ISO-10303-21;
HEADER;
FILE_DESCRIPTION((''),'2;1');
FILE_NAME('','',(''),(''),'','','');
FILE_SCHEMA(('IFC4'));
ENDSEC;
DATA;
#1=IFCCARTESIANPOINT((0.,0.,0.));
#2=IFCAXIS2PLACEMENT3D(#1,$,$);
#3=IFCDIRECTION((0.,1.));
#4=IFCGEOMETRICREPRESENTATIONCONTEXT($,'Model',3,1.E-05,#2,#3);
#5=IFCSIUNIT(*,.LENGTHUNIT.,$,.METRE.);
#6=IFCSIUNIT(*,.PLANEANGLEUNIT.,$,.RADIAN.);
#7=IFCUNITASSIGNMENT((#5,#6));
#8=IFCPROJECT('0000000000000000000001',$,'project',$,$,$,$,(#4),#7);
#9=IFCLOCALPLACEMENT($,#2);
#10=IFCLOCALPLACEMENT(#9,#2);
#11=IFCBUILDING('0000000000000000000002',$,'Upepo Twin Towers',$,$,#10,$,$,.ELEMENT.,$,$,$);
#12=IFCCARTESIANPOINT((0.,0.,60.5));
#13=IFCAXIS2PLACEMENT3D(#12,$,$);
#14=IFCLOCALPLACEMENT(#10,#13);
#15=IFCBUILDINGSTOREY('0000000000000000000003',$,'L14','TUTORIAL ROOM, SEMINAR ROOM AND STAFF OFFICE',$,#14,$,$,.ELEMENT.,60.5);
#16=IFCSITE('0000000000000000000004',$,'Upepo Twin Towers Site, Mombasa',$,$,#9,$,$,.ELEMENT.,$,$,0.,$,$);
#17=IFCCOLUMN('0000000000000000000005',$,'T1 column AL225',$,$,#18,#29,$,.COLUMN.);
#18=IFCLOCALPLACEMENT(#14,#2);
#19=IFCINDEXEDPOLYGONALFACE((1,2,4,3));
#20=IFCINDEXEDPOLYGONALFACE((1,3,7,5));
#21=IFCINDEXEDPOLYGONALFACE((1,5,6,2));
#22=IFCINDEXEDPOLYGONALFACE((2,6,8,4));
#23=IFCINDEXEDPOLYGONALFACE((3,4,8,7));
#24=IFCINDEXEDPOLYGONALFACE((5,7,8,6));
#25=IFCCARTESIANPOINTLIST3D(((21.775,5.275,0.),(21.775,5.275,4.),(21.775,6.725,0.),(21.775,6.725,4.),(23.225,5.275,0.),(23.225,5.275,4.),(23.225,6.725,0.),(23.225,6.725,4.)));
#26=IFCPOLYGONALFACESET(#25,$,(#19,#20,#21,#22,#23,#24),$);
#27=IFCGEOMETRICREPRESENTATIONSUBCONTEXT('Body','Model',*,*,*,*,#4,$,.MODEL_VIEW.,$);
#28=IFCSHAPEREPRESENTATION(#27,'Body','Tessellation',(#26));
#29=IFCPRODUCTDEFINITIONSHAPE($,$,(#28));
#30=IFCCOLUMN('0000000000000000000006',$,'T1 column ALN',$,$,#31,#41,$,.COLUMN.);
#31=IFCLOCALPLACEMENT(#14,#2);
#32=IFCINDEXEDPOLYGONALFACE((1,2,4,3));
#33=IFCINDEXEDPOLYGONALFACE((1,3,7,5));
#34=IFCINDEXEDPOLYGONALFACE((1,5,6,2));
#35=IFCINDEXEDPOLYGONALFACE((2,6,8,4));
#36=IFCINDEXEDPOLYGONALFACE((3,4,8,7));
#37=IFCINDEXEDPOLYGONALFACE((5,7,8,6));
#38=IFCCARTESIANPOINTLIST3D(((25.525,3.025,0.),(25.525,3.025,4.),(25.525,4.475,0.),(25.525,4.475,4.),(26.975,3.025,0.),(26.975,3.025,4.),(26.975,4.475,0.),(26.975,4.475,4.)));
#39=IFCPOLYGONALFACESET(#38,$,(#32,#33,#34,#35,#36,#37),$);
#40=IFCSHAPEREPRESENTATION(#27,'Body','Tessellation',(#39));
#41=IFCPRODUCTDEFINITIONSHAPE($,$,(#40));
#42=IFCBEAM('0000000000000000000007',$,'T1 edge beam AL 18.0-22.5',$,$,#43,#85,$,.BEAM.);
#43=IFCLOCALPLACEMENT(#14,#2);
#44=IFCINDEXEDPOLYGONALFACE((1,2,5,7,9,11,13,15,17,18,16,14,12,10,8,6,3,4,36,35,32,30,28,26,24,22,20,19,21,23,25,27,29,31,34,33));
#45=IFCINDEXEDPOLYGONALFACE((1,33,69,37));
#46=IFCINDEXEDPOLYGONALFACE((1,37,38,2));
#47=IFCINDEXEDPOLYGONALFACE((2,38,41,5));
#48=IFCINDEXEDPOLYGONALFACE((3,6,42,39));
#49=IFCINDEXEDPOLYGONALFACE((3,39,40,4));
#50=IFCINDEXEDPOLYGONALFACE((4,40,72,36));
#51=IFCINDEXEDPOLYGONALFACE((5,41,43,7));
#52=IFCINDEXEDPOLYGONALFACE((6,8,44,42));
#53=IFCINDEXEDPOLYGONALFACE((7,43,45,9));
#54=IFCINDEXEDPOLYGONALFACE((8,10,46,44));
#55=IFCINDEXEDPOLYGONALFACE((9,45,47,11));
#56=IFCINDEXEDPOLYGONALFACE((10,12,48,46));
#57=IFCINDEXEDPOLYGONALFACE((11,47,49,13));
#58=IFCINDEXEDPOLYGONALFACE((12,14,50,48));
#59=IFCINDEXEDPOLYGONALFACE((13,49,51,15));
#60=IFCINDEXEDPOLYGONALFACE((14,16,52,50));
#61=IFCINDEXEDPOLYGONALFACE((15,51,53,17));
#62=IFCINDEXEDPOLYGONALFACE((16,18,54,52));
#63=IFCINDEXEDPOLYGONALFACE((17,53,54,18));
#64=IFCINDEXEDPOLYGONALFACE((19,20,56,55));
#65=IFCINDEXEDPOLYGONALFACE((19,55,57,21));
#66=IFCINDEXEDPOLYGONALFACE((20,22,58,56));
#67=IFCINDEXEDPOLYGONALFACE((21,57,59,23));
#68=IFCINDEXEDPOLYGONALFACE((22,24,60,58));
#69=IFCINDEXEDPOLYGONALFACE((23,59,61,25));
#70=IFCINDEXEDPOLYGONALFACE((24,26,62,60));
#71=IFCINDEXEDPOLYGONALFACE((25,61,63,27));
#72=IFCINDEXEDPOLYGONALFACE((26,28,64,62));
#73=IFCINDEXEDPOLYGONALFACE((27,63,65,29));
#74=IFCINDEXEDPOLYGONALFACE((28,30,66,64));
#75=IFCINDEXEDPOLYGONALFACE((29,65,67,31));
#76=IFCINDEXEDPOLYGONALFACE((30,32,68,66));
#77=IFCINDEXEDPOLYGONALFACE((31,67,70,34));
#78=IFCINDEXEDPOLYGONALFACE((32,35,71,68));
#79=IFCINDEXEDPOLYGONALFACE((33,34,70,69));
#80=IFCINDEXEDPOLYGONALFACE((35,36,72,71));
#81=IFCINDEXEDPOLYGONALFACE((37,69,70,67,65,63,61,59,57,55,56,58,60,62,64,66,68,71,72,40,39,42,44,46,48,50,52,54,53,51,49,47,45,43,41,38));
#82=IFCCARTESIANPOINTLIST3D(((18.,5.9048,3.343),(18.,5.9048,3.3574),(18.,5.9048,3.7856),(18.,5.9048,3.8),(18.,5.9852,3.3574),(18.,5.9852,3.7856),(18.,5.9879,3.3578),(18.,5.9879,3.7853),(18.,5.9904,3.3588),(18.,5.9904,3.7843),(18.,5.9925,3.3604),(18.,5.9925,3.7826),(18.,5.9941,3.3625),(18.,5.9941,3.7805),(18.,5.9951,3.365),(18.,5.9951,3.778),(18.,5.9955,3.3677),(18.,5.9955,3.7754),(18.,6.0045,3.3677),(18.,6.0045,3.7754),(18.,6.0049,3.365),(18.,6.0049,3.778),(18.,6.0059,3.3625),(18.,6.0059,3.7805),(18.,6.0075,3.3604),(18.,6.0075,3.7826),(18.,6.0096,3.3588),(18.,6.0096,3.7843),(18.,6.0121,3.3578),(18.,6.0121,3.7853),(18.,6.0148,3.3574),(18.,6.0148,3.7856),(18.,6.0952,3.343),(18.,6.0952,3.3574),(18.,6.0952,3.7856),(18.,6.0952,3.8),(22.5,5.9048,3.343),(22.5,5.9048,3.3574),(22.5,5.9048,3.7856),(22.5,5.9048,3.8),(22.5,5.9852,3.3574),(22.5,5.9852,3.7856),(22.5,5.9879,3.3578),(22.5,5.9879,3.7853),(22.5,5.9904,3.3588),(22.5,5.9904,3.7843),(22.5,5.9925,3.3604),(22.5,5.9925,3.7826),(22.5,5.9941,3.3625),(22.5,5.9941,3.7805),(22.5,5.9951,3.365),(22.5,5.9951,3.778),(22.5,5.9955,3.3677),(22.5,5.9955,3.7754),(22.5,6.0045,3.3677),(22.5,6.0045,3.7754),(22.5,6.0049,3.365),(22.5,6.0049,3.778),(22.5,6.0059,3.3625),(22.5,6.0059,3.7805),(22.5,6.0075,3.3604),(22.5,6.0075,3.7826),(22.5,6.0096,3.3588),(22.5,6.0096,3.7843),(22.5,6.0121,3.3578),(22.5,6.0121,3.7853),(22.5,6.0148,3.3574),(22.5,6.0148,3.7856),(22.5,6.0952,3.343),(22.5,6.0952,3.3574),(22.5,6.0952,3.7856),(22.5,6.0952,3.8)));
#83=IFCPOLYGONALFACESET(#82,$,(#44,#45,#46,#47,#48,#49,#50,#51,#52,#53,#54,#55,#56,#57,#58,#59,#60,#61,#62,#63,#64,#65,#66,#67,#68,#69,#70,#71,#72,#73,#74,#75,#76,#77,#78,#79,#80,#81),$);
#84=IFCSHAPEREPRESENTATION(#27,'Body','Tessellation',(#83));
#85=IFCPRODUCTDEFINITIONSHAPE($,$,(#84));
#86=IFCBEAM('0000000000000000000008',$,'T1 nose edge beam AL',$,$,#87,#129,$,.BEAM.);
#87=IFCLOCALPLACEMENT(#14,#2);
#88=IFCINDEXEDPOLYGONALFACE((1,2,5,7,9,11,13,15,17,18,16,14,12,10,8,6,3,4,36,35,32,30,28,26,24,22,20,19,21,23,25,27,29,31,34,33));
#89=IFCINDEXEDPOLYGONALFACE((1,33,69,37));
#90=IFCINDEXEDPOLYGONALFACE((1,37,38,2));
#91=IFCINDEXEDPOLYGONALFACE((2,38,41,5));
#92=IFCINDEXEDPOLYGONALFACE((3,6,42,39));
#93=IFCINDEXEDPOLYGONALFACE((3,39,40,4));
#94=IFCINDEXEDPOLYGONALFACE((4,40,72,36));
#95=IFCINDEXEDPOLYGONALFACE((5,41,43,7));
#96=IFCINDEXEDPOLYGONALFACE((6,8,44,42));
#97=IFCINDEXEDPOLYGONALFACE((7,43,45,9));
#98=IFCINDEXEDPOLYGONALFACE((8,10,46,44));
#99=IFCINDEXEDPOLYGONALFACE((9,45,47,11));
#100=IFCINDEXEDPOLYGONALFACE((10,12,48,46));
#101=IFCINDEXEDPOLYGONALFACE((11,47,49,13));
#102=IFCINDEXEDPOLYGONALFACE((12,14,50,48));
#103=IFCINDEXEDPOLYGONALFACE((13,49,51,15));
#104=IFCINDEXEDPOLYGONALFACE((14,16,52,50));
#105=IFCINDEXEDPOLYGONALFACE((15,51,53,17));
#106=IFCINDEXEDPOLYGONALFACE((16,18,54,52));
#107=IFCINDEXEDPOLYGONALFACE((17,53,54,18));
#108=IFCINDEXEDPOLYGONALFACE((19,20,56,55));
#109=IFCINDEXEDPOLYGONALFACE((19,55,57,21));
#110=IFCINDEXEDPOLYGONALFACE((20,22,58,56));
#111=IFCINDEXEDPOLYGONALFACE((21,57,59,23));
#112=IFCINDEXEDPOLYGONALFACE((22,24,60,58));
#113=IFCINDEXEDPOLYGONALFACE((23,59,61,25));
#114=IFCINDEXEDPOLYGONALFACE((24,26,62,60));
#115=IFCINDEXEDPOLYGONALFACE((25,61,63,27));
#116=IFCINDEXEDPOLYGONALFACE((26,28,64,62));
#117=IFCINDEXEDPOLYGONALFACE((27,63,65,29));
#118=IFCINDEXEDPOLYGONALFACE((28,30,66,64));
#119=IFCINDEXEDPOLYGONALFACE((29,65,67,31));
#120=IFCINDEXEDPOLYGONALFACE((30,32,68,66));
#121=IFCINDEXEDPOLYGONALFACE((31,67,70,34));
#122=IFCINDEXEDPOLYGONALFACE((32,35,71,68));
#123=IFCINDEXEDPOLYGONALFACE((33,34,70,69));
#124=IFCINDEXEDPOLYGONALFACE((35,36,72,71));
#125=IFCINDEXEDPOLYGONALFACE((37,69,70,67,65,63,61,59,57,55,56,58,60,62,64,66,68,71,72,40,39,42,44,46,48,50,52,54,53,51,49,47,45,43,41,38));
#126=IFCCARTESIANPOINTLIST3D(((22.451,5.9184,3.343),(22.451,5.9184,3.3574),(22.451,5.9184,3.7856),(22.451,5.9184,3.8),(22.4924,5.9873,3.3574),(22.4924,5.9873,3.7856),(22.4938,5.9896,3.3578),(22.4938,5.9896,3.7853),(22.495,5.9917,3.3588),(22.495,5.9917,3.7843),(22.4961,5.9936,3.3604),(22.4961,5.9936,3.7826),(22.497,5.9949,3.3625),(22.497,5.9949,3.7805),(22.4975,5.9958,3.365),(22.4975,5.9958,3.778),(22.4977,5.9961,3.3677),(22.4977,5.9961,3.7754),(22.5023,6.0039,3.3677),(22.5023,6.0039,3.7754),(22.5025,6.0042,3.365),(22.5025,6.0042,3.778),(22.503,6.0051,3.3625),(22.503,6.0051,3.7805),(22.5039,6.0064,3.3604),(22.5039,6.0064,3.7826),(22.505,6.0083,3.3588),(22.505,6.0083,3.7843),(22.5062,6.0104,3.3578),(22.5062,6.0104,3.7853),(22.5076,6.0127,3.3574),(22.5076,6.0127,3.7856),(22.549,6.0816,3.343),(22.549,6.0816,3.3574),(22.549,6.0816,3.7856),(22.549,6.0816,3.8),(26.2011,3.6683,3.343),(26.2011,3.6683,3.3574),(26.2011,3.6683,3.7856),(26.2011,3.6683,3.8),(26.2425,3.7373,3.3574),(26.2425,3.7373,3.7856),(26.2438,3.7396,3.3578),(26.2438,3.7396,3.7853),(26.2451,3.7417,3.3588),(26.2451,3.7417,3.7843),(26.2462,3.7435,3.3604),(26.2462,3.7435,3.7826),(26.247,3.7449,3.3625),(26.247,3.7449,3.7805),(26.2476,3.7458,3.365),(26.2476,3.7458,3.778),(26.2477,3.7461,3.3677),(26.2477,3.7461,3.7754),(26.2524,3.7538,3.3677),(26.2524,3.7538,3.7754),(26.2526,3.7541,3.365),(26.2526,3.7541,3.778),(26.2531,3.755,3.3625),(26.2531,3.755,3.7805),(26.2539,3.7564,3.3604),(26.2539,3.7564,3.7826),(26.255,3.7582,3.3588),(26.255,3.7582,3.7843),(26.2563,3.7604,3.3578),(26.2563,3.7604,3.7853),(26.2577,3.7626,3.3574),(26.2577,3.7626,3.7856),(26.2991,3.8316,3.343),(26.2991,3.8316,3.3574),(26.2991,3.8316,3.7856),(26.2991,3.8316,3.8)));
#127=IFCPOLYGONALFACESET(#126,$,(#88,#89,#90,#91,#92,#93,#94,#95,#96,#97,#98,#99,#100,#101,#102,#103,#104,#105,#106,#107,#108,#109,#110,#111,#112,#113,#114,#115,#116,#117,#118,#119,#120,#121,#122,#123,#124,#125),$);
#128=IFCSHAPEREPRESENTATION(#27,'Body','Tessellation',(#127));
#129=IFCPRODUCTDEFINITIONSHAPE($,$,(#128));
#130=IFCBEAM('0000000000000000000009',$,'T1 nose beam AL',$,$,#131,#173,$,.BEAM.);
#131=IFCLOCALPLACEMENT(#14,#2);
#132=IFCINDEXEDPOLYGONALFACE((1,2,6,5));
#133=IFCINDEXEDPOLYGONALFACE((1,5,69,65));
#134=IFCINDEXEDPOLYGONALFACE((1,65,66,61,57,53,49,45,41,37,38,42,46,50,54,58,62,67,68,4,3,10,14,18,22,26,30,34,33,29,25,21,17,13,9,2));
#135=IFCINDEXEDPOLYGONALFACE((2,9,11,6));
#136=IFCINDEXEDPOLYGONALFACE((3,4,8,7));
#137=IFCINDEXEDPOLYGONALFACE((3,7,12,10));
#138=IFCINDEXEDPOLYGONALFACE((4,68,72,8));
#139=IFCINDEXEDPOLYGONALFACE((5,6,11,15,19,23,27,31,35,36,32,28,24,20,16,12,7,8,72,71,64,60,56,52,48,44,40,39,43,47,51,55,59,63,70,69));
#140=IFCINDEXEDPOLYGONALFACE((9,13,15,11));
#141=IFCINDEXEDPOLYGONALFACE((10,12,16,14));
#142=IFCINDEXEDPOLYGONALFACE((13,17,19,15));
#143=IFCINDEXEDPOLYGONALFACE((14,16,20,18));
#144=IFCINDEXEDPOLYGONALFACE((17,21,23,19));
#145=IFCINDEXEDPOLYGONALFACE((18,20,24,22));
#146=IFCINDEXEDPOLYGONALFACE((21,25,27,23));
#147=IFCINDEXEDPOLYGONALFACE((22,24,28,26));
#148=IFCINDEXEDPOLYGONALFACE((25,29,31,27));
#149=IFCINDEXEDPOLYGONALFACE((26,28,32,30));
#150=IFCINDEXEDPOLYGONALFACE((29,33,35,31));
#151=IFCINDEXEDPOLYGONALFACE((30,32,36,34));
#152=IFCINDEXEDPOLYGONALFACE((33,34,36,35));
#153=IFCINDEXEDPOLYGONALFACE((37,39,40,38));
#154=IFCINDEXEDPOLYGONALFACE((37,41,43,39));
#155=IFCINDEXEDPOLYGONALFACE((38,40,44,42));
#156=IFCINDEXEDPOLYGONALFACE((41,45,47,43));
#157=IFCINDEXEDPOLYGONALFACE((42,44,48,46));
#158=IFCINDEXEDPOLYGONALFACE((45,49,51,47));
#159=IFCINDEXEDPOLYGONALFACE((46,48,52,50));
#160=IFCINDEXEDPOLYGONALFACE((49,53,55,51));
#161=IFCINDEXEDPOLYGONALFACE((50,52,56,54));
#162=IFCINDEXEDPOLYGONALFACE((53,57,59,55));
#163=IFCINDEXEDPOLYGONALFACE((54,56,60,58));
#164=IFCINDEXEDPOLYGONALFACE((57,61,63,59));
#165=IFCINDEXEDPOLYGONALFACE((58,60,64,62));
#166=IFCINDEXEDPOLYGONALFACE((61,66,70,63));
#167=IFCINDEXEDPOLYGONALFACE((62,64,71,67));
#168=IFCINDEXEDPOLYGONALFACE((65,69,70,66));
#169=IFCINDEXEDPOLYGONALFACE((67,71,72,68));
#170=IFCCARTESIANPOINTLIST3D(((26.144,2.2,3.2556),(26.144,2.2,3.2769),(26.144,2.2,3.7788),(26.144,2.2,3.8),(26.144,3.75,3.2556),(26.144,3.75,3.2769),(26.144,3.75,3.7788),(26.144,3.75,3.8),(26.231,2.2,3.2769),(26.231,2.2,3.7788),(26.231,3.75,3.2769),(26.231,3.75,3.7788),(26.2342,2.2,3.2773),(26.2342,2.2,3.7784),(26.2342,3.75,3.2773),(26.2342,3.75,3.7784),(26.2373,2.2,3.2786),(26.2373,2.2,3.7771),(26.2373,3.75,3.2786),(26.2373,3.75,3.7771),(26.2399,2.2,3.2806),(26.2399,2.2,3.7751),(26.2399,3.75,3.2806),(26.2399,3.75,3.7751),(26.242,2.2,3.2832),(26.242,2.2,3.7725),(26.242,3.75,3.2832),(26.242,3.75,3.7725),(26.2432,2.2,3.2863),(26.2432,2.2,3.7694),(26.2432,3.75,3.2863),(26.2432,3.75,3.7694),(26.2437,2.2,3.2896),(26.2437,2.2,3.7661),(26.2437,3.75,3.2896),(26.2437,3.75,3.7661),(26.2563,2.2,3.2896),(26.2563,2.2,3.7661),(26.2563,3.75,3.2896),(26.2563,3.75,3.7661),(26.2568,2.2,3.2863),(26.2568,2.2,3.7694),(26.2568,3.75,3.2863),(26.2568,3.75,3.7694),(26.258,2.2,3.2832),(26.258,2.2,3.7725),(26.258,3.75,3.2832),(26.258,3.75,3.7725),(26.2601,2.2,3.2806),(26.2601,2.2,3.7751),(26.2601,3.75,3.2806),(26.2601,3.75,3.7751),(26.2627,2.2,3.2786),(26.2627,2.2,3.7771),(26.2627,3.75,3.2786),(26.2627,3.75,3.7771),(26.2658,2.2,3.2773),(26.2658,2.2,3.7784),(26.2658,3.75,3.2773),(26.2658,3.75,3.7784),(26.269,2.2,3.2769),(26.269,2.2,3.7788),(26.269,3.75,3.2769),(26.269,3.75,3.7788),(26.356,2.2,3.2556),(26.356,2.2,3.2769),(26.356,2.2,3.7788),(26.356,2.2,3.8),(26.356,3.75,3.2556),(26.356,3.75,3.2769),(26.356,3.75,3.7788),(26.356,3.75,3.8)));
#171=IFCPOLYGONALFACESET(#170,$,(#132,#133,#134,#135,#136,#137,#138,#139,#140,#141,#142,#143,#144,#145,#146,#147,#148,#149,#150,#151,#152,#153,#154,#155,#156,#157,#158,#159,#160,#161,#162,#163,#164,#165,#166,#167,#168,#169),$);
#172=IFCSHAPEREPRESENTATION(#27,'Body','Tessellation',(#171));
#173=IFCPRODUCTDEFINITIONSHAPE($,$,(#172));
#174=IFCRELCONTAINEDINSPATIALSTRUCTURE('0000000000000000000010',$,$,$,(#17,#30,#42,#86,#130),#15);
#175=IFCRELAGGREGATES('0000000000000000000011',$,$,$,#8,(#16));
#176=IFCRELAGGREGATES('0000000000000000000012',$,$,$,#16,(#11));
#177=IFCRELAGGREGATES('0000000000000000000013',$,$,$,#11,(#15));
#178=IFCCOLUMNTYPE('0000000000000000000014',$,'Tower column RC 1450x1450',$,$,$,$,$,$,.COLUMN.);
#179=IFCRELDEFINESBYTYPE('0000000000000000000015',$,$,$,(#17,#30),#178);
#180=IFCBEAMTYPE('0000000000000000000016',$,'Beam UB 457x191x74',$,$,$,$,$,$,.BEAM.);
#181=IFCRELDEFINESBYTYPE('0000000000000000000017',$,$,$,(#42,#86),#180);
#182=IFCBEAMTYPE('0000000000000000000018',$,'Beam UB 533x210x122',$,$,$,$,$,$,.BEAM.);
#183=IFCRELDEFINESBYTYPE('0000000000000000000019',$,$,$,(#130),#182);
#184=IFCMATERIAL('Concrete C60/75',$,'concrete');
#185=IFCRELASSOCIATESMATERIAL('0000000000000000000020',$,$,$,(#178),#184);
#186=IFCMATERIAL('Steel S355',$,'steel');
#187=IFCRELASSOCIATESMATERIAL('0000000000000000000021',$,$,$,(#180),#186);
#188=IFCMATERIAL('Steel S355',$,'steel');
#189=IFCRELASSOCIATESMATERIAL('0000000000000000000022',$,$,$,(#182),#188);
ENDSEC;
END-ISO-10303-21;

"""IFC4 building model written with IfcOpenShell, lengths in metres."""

from ifc_helpers import new_model, si_unit, direction, frame, origin, origin_2d, place, context, subcontext, project, spatial, rectangle, i_section, extrude, material, material_profile, profile_set, type_object, element, save


model = new_model("IFC4")

# Units and contexts
model_context = context("Model", 3, precision=1e-05, world=origin(), true_north=direction((0.0, 1.0)))
body_context = subcontext(model_context, "Body", "Model", "MODEL_VIEW")
ifc_project = project(units=[si_unit("LENGTHUNIT", "METRE"), si_unit("PLANEANGLEUNIT", "RADIAN")], contexts=[model_context])

# Site, building, storey
site_placement = place(None, origin())
site = spatial("IfcSite", under=ifc_project, at=site_placement, Name="Upepo Twin Towers Site, Mombasa", CompositionType="ELEMENT", RefElevation=0.0)
building_placement = place(site_placement, origin())
building = spatial("IfcBuilding", under=site, at=building_placement, Name="Upepo Twin Towers", CompositionType="ELEMENT")
storey_placement = place(building_placement, frame((0.0, 0.0, 60.5)))
storey = spatial("IfcBuildingStorey", under=building, at=storey_placement, Name="L14", Description="TUTORIAL ROOM, SEMINAR ROOM AND STAFF OFFICE", CompositionType="ELEMENT", Elevation=60.5)

# Columns
ifc_material_1 = material(Name="Concrete C60/75", Category="concrete")
ifc_material_profile_1 = material_profile(ifc_material_1, rectangle(XDim=1.45, YDim=1.45, at=origin_2d()), Name="RC 1450x1450")
ifc_profile_set_1 = profile_set([ifc_material_profile_1], Name="Concrete C60/75")
column_type = type_object("IfcColumnType", Name="Tower column RC 1450x1450", PredefinedType="COLUMN", material=ifc_profile_set_1)
for number, where, z_axis, x_axis, name in (
    (1, (22.5, 6.0, 0.0), (0.0, 0.0, 1.0), (1.0, 0.0, 0.0), "T1 column AL225"),
    (2, (26.25, 3.75, 0.0), (0.0, 0.0, 1.0), (1.0, 0.0, 0.0), "T1 column ALN"),
):
    element("IfcColumn", number, at=place(storey_placement, frame(where, z_axis=z_axis, x_axis=x_axis)), inside=storey, type_object=column_type, Name=name, PredefinedType="COLUMN", context=body_context, shape_type="SweptSolid", body=[
        extrude(rectangle(XDim=1.45, YDim=1.45, at=origin_2d()), origin(), (0.0, 0.0, 1.0), 4.0),
    ])

# Beams
ifc_material_2 = material(Name="Steel S355", Category="steel")
ifc_material_profile_2 = material_profile(ifc_material_2, i_section(OverallWidth=0.1904, OverallDepth=0.457, WebThickness=0.009, FlangeThickness=0.0144, FilletRadius=0.0103, at=origin_2d()), Name="UB 457x191x74")
ifc_profile_set_2 = profile_set([ifc_material_profile_2], Name="Steel S355")
beam_type_1 = type_object("IfcBeamType", Name="Beam UB 457x191x74", PredefinedType="BEAM", material=ifc_profile_set_2)
beam_1_placement = place(storey_placement, frame((18.0, 6.0, 3.5715), z_axis=(1.0, 0.0, 0.0), x_axis=(0.0, 1.0, 0.0)))
element("IfcBeam", 3, at=beam_1_placement, inside=storey, type_object=beam_type_1, Name="T1 edge beam AL 18.0-22.5", PredefinedType="BEAM", context=body_context, shape_type="SweptSolid", body=[
    extrude(i_section(OverallWidth=0.1904, OverallDepth=0.457, WebThickness=0.009, FlangeThickness=0.0144, FilletRadius=0.0103, at=origin_2d()), origin(), (0.0, 0.0, 1.0), 4.5),
])
beam_2_placement = place(storey_placement, frame((22.5, 6.0, 3.5715), z_axis=(0.857493, -0.514496, 0.0), x_axis=(0.514496, 0.857493, 0.0)))
element("IfcBeam", 4, at=beam_2_placement, inside=storey, type_object=beam_type_1, Name="T1 nose edge beam AL", PredefinedType="BEAM", context=body_context, shape_type="SweptSolid", body=[
    extrude(i_section(OverallWidth=0.1904, OverallDepth=0.457, WebThickness=0.009, FlangeThickness=0.0144, FilletRadius=0.0103, at=origin_2d()), origin(), (0.0, 0.0, 1.0), 4.3733),
])
ifc_material_3 = material(Name="Steel S355", Category="steel")
ifc_material_profile_3 = material_profile(ifc_material_3, i_section(OverallWidth=0.2119, OverallDepth=0.5444, WebThickness=0.0127, FlangeThickness=0.0212, FilletRadius=0.0127, at=origin_2d()), Name="UB 533x210x122")
ifc_profile_set_3 = profile_set([ifc_material_profile_3], Name="Steel S355")
beam_type_2 = type_object("IfcBeamType", Name="Beam UB 533x210x122", PredefinedType="BEAM", material=ifc_profile_set_3)
beam_3_placement = place(storey_placement, frame((26.25, 3.75, 3.5278), z_axis=(0.0, -1.0, 0.0), x_axis=(1.0, 0.0, 0.0)))
element("IfcBeam", 5, at=beam_3_placement, inside=storey, type_object=beam_type_2, Name="T1 nose beam AL", PredefinedType="BEAM", context=body_context, shape_type="SweptSolid", body=[
    extrude(i_section(OverallWidth=0.2119, OverallDepth=0.5444, WebThickness=0.0127, FlangeThickness=0.0212, FilletRadius=0.0127, at=origin_2d()), origin(), (0.0, 0.0, 1.0), 1.55),
])

save(model, "model.ifc")
